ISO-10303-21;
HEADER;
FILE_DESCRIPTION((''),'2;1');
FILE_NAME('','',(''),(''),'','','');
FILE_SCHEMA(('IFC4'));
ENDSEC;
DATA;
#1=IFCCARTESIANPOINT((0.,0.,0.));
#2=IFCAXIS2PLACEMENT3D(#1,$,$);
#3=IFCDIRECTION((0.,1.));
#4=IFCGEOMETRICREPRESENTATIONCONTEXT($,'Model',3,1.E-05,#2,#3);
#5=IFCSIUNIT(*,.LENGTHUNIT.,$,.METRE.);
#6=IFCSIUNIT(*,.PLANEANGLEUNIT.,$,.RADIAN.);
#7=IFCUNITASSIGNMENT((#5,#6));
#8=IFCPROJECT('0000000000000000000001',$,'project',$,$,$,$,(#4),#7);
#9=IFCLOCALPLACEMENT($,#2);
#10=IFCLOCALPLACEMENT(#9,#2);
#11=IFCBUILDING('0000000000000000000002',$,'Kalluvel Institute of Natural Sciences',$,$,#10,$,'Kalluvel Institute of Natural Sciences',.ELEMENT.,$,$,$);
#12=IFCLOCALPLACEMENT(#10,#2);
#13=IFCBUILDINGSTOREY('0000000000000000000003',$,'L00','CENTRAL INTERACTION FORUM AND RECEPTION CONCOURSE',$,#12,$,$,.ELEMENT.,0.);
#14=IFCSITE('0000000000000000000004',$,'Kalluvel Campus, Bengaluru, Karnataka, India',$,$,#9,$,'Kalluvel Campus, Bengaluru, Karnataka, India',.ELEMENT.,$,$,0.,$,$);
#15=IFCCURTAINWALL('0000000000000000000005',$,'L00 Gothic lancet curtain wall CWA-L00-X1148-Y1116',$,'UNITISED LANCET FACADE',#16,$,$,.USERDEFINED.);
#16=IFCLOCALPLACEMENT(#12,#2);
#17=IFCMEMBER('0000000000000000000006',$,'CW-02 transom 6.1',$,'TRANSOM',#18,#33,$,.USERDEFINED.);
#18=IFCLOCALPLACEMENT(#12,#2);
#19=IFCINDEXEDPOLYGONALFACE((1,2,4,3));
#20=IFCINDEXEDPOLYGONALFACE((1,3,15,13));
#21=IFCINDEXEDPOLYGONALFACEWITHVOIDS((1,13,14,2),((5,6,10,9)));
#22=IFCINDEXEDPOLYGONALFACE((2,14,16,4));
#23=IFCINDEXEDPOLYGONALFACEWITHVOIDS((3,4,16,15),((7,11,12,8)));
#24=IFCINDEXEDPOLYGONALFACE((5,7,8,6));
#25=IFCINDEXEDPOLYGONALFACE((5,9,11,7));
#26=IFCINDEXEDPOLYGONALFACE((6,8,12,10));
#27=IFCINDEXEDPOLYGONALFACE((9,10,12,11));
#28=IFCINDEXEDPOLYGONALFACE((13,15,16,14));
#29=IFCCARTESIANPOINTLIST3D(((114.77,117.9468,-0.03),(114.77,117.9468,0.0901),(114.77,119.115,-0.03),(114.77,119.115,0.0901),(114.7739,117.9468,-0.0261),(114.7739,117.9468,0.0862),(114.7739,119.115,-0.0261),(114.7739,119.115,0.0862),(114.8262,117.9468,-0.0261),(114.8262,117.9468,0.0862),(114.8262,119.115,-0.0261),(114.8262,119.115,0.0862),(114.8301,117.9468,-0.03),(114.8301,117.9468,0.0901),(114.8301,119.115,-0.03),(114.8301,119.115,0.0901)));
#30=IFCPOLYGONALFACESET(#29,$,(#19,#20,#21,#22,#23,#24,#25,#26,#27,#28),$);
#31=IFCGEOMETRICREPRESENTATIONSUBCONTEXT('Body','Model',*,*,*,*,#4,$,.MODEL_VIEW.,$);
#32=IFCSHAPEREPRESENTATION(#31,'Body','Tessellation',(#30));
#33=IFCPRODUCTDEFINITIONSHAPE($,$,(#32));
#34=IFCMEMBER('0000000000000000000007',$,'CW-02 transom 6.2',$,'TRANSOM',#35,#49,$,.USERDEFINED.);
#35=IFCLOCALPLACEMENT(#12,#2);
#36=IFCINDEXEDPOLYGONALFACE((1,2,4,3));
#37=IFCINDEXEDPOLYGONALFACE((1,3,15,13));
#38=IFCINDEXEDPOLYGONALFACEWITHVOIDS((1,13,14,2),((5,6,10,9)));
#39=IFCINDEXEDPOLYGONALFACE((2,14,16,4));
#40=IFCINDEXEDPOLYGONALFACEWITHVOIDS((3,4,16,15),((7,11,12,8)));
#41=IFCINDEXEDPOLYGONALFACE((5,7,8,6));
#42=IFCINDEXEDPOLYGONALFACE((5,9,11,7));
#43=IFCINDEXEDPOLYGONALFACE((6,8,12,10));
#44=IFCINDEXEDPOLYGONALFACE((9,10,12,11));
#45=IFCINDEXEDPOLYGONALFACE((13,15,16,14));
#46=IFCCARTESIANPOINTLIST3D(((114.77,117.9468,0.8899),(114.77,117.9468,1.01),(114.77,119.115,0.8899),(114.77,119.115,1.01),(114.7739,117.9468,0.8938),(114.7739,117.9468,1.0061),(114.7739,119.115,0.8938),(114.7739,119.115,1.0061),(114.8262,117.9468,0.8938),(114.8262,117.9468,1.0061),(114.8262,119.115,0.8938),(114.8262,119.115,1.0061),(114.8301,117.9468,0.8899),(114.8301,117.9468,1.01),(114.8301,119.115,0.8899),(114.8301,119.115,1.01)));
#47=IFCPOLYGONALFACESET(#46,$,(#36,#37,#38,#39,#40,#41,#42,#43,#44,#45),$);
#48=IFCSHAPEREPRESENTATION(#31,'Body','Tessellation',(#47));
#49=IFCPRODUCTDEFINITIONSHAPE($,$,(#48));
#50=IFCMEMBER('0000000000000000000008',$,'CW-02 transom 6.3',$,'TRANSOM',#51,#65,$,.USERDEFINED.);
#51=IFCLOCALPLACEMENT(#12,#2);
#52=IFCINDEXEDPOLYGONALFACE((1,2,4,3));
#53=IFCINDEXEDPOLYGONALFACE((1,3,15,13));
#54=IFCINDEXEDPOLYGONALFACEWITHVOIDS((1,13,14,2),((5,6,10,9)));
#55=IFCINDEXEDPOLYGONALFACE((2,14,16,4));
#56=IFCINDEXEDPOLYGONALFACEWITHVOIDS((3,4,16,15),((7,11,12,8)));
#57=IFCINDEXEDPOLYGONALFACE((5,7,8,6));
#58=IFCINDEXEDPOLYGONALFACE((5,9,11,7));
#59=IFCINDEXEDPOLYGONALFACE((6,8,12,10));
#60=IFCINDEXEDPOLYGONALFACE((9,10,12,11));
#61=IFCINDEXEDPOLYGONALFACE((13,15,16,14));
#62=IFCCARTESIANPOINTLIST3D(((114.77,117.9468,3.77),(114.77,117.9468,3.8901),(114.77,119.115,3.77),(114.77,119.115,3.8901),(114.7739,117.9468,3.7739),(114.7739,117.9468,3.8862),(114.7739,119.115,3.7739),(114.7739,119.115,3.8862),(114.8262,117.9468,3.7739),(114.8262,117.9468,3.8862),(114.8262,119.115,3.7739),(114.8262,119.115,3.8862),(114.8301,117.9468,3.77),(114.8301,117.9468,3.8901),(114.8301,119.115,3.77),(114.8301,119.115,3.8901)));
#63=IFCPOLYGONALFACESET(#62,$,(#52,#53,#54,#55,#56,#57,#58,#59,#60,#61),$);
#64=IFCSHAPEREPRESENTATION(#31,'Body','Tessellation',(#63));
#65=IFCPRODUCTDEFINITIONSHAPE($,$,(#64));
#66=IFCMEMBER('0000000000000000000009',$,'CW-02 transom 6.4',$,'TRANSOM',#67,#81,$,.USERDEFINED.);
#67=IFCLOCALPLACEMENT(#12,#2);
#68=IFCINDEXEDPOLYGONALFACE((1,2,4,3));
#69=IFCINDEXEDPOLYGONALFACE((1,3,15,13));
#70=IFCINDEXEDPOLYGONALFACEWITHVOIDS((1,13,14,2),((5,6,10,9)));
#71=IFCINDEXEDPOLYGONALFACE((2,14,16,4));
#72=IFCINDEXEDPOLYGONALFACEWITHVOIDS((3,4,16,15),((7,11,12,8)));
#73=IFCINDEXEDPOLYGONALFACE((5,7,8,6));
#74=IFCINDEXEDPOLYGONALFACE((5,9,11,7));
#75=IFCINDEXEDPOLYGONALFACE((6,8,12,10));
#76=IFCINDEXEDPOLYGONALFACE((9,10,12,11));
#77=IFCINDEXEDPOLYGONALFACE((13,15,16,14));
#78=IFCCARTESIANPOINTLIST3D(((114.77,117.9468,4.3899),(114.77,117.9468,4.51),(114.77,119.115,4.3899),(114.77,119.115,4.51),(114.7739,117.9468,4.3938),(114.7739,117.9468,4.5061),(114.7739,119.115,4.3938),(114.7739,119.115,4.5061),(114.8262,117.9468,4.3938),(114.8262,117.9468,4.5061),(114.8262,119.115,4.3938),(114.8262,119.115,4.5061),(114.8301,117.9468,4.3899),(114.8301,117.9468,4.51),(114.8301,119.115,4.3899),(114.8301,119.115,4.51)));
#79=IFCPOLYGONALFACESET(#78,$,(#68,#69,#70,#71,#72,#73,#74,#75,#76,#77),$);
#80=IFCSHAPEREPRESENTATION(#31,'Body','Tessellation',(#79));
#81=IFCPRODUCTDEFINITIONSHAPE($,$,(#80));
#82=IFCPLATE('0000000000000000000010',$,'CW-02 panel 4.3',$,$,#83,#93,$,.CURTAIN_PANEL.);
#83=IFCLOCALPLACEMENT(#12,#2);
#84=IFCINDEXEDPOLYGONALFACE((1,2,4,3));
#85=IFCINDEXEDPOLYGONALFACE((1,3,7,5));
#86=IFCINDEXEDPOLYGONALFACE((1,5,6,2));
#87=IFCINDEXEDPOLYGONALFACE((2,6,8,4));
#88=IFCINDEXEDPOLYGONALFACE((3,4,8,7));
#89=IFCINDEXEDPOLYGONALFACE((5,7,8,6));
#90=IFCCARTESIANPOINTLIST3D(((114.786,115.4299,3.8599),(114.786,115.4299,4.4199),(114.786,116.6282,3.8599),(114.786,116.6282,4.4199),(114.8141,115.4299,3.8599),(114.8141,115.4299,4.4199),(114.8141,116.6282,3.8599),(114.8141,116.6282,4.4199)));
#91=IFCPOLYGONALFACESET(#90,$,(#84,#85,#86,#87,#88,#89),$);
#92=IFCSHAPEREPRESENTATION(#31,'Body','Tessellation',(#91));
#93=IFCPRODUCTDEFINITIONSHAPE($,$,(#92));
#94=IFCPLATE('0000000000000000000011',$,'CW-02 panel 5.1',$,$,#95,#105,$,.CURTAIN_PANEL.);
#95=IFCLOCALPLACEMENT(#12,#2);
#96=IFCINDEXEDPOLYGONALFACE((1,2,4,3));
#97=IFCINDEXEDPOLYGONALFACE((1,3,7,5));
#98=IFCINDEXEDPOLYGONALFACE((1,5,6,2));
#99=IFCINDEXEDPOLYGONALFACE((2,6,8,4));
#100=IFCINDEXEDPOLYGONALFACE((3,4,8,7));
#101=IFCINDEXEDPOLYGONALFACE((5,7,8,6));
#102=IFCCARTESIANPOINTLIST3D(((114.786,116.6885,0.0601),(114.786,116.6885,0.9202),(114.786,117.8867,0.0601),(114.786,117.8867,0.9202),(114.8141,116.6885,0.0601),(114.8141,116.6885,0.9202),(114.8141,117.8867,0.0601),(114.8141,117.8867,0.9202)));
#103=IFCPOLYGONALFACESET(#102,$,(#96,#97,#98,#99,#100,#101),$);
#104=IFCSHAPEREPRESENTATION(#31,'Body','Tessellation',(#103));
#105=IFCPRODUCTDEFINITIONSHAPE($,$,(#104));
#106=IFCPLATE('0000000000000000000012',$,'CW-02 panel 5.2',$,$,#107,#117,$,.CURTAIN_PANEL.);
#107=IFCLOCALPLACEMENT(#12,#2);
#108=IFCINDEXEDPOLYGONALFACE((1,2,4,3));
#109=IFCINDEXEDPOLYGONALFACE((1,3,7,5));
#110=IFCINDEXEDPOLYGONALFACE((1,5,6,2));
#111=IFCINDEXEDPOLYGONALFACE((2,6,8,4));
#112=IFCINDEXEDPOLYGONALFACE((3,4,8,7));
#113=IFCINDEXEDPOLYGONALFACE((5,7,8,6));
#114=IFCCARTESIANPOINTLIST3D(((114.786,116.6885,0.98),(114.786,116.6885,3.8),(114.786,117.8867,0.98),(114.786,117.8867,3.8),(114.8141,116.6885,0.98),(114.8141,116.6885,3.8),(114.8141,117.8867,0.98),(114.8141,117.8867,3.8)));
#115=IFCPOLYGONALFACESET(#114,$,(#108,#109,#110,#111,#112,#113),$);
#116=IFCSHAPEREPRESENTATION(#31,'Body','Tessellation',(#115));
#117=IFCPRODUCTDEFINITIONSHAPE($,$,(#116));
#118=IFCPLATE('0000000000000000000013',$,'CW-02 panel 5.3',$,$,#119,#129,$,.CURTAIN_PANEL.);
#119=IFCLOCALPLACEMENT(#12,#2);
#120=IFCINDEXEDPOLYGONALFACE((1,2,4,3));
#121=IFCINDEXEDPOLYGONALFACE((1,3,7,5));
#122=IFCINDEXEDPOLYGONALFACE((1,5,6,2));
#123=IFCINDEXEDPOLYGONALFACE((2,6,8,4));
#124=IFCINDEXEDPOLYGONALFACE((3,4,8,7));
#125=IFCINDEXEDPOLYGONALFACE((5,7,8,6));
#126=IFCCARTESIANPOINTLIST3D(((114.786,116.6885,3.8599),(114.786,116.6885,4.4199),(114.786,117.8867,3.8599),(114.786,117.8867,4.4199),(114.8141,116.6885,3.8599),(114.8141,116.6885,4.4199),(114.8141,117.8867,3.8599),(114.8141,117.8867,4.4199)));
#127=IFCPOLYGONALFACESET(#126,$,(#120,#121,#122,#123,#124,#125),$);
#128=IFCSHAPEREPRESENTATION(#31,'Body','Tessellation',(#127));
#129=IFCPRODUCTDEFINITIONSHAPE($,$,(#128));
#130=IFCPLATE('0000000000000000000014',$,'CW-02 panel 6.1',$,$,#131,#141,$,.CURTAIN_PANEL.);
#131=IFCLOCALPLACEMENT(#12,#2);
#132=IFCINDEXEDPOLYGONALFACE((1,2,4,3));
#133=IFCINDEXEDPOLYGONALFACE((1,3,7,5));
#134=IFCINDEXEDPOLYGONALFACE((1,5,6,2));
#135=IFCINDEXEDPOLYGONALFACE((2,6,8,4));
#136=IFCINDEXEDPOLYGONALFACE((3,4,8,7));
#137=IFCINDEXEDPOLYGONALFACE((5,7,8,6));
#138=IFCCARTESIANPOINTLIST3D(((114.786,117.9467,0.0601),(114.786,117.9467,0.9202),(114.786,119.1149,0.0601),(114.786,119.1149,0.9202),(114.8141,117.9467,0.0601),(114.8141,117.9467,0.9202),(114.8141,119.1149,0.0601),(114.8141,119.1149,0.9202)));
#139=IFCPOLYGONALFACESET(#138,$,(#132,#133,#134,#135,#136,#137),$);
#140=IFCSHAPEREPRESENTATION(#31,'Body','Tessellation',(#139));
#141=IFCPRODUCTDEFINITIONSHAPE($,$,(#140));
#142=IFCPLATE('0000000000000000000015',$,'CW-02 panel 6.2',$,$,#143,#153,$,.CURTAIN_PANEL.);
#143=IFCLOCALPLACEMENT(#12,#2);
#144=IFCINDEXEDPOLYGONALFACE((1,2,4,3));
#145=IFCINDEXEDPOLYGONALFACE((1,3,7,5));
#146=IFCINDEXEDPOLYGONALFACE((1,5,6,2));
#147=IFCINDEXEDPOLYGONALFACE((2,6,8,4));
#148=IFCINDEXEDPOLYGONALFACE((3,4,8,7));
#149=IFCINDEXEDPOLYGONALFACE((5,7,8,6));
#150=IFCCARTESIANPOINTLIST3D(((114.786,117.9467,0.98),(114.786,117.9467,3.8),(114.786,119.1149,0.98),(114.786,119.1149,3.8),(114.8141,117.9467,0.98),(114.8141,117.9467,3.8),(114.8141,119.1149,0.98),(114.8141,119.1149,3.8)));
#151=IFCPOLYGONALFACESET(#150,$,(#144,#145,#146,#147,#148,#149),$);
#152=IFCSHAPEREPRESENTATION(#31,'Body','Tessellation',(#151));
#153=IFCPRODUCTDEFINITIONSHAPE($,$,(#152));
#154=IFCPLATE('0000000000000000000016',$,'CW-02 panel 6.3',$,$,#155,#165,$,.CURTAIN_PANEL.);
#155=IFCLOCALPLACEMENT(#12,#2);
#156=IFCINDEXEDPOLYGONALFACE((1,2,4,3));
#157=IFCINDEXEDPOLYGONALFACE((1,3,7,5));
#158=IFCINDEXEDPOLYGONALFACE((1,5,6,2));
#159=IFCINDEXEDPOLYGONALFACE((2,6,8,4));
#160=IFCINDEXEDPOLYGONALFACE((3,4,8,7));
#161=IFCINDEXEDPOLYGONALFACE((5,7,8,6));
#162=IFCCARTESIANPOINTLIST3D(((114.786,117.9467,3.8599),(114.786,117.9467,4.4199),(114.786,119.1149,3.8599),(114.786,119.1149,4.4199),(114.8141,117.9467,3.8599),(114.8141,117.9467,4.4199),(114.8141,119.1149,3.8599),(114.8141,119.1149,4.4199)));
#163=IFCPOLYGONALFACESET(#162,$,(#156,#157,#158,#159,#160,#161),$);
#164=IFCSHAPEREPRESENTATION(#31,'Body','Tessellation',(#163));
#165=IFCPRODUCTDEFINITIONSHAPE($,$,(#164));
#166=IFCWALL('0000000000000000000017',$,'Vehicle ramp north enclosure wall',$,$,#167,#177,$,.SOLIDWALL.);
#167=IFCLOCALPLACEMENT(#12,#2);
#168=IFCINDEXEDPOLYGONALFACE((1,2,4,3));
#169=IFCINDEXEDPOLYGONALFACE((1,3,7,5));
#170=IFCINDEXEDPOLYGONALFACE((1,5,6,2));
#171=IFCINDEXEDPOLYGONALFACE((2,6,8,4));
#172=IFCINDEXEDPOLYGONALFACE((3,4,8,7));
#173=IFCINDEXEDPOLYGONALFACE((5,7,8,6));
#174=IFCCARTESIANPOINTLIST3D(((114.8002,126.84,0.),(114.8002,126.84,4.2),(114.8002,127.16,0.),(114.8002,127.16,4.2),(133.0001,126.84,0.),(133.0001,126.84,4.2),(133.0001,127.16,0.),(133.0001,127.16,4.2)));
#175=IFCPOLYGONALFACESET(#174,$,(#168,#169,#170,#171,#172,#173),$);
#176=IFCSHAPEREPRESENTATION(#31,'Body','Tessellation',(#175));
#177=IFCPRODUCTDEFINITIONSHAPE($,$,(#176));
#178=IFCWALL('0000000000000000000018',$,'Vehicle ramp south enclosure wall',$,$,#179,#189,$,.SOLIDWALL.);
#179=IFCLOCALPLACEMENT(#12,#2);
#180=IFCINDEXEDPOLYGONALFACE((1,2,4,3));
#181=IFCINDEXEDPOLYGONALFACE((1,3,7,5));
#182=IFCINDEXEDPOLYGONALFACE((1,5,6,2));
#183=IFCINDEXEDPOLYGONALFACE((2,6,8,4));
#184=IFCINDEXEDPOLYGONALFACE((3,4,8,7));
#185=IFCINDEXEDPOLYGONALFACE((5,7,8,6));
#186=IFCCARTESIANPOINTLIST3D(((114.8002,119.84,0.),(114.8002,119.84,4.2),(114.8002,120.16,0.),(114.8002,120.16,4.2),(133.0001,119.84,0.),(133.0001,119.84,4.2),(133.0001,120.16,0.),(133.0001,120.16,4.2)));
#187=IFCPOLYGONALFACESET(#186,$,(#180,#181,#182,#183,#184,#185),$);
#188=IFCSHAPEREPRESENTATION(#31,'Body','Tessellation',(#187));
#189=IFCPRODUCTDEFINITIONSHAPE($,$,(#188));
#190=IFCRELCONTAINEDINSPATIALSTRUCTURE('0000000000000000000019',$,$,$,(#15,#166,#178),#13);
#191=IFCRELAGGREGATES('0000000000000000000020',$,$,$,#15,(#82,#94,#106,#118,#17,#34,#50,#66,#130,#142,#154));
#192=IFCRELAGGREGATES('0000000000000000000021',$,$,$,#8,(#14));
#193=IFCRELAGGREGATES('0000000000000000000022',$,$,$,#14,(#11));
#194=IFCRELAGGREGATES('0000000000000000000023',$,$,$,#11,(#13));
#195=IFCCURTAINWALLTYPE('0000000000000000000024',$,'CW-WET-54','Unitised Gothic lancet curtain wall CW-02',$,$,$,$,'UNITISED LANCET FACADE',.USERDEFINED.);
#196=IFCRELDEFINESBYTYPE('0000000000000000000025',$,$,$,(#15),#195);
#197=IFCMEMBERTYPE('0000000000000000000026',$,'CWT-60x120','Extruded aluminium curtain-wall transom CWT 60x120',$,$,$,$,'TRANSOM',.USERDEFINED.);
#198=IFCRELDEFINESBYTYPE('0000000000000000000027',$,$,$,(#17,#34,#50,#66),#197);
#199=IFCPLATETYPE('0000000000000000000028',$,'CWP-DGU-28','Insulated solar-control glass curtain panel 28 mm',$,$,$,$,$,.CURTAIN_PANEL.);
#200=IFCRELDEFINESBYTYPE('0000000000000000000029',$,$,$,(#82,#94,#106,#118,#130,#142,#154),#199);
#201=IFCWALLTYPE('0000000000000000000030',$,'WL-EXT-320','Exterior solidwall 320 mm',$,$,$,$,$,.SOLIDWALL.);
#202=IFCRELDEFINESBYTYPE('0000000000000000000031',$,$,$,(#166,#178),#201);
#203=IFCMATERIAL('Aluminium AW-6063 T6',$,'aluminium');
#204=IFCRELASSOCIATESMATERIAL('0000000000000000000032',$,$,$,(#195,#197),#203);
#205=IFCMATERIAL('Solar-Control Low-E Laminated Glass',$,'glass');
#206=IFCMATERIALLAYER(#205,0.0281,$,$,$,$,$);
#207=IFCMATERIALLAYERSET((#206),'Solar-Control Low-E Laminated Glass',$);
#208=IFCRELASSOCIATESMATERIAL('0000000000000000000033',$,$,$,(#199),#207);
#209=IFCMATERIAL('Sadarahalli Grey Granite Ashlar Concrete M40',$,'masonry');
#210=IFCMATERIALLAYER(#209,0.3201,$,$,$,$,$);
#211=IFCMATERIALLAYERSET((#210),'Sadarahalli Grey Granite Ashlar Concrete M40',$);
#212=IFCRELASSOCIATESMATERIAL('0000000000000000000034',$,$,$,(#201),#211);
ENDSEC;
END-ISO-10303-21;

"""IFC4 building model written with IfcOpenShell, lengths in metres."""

from ifc_helpers import new_model, si_unit, direction, frame, frame_2d, origin, origin_2d, place, context, subcontext, project, spatial, rectangle, hollow_rectangle, extrude, material, layer, layer_set, material_profile, profile_set, type_object, element, aggregate, save


model = new_model("IFC4")

# Units and contexts
model_context = context("Model", 3, precision=1e-05, world=origin(), true_north=direction((0.0, 1.0)))
body_context = subcontext(model_context, "Body", "Model", "MODEL_VIEW")
ifc_project = project(units=[si_unit("LENGTHUNIT", "METRE"), si_unit("PLANEANGLEUNIT", "RADIAN")], contexts=[model_context])

# Site, building, storey
site_placement = place(None, origin())
site = spatial("IfcSite", under=ifc_project, at=site_placement, Name="Kalluvel Campus, Bengaluru, Karnataka, India", LongName="Kalluvel Campus, Bengaluru, Karnataka, India", CompositionType="ELEMENT", RefElevation=0.0)
building_placement = place(site_placement, origin())
building = spatial("IfcBuilding", under=site, at=building_placement, Name="Kalluvel Institute of Natural Sciences", LongName="Kalluvel Institute of Natural Sciences", CompositionType="ELEMENT")
storey_placement = place(building_placement, origin())
storey = spatial("IfcBuildingStorey", under=building, at=storey_placement, Name="L00", Description="CENTRAL INTERACTION FORUM AND RECEPTION CONCOURSE", CompositionType="ELEMENT", Elevation=0.0)

# Curtain wall, members, plates
ifc_material_1 = material(Name="Aluminium AW-6063 T6", Category="aluminium")
curtain_wall_type = type_object("IfcCurtainWallType", Name="CW-WET-54", Description="Unitised Gothic lancet curtain wall CW-02", ElementType="UNITISED LANCET FACADE", PredefinedType="USERDEFINED", material=ifc_material_1)
curtain_wall_placement = place(storey_placement, origin())
curtain_wall = element("IfcCurtainWall", 1, at=curtain_wall_placement, inside=storey, type_object=curtain_wall_type, Name="L00 Gothic lancet curtain wall CWA-L00-X1148-Y1116", ObjectType="UNITISED LANCET FACADE", PredefinedType="USERDEFINED")
ifc_material_profile_1 = material_profile(ifc_material_1, hollow_rectangle(XDim=0.0601, YDim=0.1201, WallThickness=0.0039, at=origin_2d()), Name="CWT 60x120")
ifc_profile_set_1 = profile_set([ifc_material_profile_1], Name="Aluminium AW-6063 T6")
member_type_1 = type_object("IfcMemberType", Name="CWT-60x120", Description="Extruded aluminium curtain-wall transom CWT 60x120", ElementType="TRANSOM", PredefinedType="USERDEFINED", material=ifc_profile_set_1)
member_1_placement = place(storey_placement, frame((114.8, 117.9468, 0.03), z_axis=(0.0, 1.0, 0.0), x_axis=(-1.0, 0.0, 0.0)))
member_1 = element("IfcMember", 2, at=member_1_placement, type_object=member_type_1, Name="CW-02 transom 6.1", ObjectType="TRANSOM", PredefinedType="USERDEFINED", context=body_context, shape_type="SweptSolid", body=[
    extrude(hollow_rectangle(XDim=0.0601, YDim=0.1201, WallThickness=0.0039, at=origin_2d()), origin(), (0.0, 0.0, 1.0), 1.1682),
])
member_2_placement = place(storey_placement, frame((114.8, 117.9468, 0.95), z_axis=(0.0, 1.0, 0.0), x_axis=(-1.0, 0.0, 0.0)))
member_2 = element("IfcMember", 3, at=member_2_placement, type_object=member_type_1, Name="CW-02 transom 6.2", ObjectType="TRANSOM", PredefinedType="USERDEFINED", context=body_context, shape_type="SweptSolid", body=[
    extrude(hollow_rectangle(XDim=0.0601, YDim=0.1201, WallThickness=0.0039, at=origin_2d()), origin(), (0.0, 0.0, 1.0), 1.1682),
])
member_3_placement = place(storey_placement, frame((114.8, 117.9468, 3.8301), z_axis=(0.0, 1.0, 0.0), x_axis=(-1.0, 0.0, 0.0)))
member_3 = element("IfcMember", 4, at=member_3_placement, type_object=member_type_1, Name="CW-02 transom 6.3", ObjectType="TRANSOM", PredefinedType="USERDEFINED", context=body_context, shape_type="SweptSolid", body=[
    extrude(hollow_rectangle(XDim=0.0601, YDim=0.1201, WallThickness=0.0039, at=origin_2d()), origin(), (0.0, 0.0, 1.0), 1.1682),
])
member_4_placement = place(storey_placement, frame((114.8, 117.9468, 4.45), z_axis=(0.0, 1.0, 0.0), x_axis=(-1.0, 0.0, 0.0)))
member_4 = element("IfcMember", 5, at=member_4_placement, type_object=member_type_1, Name="CW-02 transom 6.4", ObjectType="TRANSOM", PredefinedType="USERDEFINED", context=body_context, shape_type="SweptSolid", body=[
    extrude(hollow_rectangle(XDim=0.0601, YDim=0.1201, WallThickness=0.0039, at=origin_2d()), origin(), (0.0, 0.0, 1.0), 1.1682),
])
ifc_material_2 = material(Name="Solar-Control Low-E Laminated Glass", Category="glass")
ifc_layer_1 = layer(ifc_material_2, 0.0281)
ifc_layer_set_1 = layer_set([ifc_layer_1], Name="Solar-Control Low-E Laminated Glass")
plate_type = type_object("IfcPlateType", Name="CWP-DGU-28", Description="Insulated solar-control glass curtain panel 28 mm", PredefinedType="CURTAIN_PANEL", material=ifc_layer_set_1)
plate_1_placement = place(storey_placement, frame((114.8, 116.0291, 3.8599), z_axis=(0.0, 0.0, 1.0), x_axis=(0.0, 1.0, 0.0)))
plate_1 = element("IfcPlate", 6, at=plate_1_placement, type_object=plate_type, Name="CW-02 panel 4.3", PredefinedType="CURTAIN_PANEL", context=body_context, shape_type="SweptSolid", body=[
    extrude(rectangle(XDim=1.1982, YDim=0.0281, at=origin_2d()), origin(), (0.0, 0.0, 1.0), 0.5601),
])
plate_2_placement = place(storey_placement, frame((114.8, 117.2876, 0.0601), z_axis=(0.0, 0.0, 1.0), x_axis=(0.0, 1.0, 0.0)))
plate_2 = element("IfcPlate", 7, at=plate_2_placement, type_object=plate_type, Name="CW-02 panel 5.1", PredefinedType="CURTAIN_PANEL", context=body_context, shape_type="SweptSolid", body=[
    extrude(rectangle(XDim=1.1982, YDim=0.0281, at=origin_2d()), origin(), (0.0, 0.0, 1.0), 0.8601),
])
plate_3_placement = place(storey_placement, frame((114.8, 117.2876, 0.98), z_axis=(0.0, 0.0, 1.0), x_axis=(0.0, 1.0, 0.0)))
plate_3 = element("IfcPlate", 8, at=plate_3_placement, type_object=plate_type, Name="CW-02 panel 5.2", PredefinedType="CURTAIN_PANEL", context=body_context, shape_type="SweptSolid", body=[
    extrude(rectangle(XDim=1.1982, YDim=0.0281, at=origin_2d()), origin(), (0.0, 0.0, 1.0), 2.8201),
])
plate_4_placement = place(storey_placement, frame((114.8, 117.2876, 3.8599), z_axis=(0.0, 0.0, 1.0), x_axis=(0.0, 1.0, 0.0)))
plate_4 = element("IfcPlate", 9, at=plate_4_placement, type_object=plate_type, Name="CW-02 panel 5.3", PredefinedType="CURTAIN_PANEL", context=body_context, shape_type="SweptSolid", body=[
    extrude(rectangle(XDim=1.1982, YDim=0.0281, at=origin_2d()), origin(), (0.0, 0.0, 1.0), 0.5601),
])
plate_5_placement = place(storey_placement, frame((114.8, 118.5308, 0.0601), z_axis=(0.0, 0.0, 1.0), x_axis=(0.0, 1.0, 0.0)))
plate_5 = element("IfcPlate", 10, at=plate_5_placement, type_object=plate_type, Name="CW-02 panel 6.1", PredefinedType="CURTAIN_PANEL", context=body_context, shape_type="SweptSolid", body=[
    extrude(rectangle(XDim=1.1682, YDim=0.0281, at=origin_2d()), origin(), (0.0, 0.0, 1.0), 0.8601),
])
plate_6_placement = place(storey_placement, frame((114.8, 118.5308, 0.98), z_axis=(0.0, 0.0, 1.0), x_axis=(0.0, 1.0, 0.0)))
plate_6 = element("IfcPlate", 11, at=plate_6_placement, type_object=plate_type, Name="CW-02 panel 6.2", PredefinedType="CURTAIN_PANEL", context=body_context, shape_type="SweptSolid", body=[
    extrude(rectangle(XDim=1.1682, YDim=0.0281, at=origin_2d()), origin(), (0.0, 0.0, 1.0), 2.8201),
])
plate_7_placement = place(storey_placement, frame((114.8, 118.5308, 3.8599), z_axis=(0.0, 0.0, 1.0), x_axis=(0.0, 1.0, 0.0)))
plate_7 = element("IfcPlate", 12, at=plate_7_placement, type_object=plate_type, Name="CW-02 panel 6.3", PredefinedType="CURTAIN_PANEL", context=body_context, shape_type="SweptSolid", body=[
    extrude(rectangle(XDim=1.1682, YDim=0.0281, at=origin_2d()), origin(), (0.0, 0.0, 1.0), 0.5601),
])
aggregate(curtain_wall, [plate_1, plate_2, plate_3, plate_4, member_1, member_2, member_3, member_4, plate_5, plate_6, plate_7])

# Walls
ifc_material_3 = material(Name="Sadarahalli Grey Granite Ashlar Concrete M40", Category="masonry")
ifc_layer_2 = layer(ifc_material_3, 0.3201)
ifc_layer_set_2 = layer_set([ifc_layer_2], Name="Sadarahalli Grey Granite Ashlar Concrete M40")
wall_type = type_object("IfcWallType", Name="WL-EXT-320", Description="Exterior solidwall 320 mm", PredefinedType="SOLIDWALL", material=ifc_layer_set_2)
for number, where, z_axis, x_axis, name in (
    (13, (114.8, 127.0, 0.0), (0.0, 0.0, 1.0), (1.0, 0.0, 0.0), "Vehicle ramp north enclosure wall"),
    (14, (114.8, 120.0, 0.0), (0.0, 0.0, 1.0), (1.0, 0.0, 0.0), "Vehicle ramp south enclosure wall"),
):
    element("IfcWall", number, at=place(storey_placement, frame(where, z_axis=z_axis, x_axis=x_axis)), inside=storey, type_object=wall_type, Name=name, PredefinedType="SOLIDWALL", context=body_context, shape_type="SweptSolid", body=[
        extrude(rectangle(XDim=18.2, YDim=0.3201, at=frame_2d((9.1001, 0.0))), origin(), (0.0, 0.0, 1.0), 4.2),
    ])

save(model, "model.ifc")
